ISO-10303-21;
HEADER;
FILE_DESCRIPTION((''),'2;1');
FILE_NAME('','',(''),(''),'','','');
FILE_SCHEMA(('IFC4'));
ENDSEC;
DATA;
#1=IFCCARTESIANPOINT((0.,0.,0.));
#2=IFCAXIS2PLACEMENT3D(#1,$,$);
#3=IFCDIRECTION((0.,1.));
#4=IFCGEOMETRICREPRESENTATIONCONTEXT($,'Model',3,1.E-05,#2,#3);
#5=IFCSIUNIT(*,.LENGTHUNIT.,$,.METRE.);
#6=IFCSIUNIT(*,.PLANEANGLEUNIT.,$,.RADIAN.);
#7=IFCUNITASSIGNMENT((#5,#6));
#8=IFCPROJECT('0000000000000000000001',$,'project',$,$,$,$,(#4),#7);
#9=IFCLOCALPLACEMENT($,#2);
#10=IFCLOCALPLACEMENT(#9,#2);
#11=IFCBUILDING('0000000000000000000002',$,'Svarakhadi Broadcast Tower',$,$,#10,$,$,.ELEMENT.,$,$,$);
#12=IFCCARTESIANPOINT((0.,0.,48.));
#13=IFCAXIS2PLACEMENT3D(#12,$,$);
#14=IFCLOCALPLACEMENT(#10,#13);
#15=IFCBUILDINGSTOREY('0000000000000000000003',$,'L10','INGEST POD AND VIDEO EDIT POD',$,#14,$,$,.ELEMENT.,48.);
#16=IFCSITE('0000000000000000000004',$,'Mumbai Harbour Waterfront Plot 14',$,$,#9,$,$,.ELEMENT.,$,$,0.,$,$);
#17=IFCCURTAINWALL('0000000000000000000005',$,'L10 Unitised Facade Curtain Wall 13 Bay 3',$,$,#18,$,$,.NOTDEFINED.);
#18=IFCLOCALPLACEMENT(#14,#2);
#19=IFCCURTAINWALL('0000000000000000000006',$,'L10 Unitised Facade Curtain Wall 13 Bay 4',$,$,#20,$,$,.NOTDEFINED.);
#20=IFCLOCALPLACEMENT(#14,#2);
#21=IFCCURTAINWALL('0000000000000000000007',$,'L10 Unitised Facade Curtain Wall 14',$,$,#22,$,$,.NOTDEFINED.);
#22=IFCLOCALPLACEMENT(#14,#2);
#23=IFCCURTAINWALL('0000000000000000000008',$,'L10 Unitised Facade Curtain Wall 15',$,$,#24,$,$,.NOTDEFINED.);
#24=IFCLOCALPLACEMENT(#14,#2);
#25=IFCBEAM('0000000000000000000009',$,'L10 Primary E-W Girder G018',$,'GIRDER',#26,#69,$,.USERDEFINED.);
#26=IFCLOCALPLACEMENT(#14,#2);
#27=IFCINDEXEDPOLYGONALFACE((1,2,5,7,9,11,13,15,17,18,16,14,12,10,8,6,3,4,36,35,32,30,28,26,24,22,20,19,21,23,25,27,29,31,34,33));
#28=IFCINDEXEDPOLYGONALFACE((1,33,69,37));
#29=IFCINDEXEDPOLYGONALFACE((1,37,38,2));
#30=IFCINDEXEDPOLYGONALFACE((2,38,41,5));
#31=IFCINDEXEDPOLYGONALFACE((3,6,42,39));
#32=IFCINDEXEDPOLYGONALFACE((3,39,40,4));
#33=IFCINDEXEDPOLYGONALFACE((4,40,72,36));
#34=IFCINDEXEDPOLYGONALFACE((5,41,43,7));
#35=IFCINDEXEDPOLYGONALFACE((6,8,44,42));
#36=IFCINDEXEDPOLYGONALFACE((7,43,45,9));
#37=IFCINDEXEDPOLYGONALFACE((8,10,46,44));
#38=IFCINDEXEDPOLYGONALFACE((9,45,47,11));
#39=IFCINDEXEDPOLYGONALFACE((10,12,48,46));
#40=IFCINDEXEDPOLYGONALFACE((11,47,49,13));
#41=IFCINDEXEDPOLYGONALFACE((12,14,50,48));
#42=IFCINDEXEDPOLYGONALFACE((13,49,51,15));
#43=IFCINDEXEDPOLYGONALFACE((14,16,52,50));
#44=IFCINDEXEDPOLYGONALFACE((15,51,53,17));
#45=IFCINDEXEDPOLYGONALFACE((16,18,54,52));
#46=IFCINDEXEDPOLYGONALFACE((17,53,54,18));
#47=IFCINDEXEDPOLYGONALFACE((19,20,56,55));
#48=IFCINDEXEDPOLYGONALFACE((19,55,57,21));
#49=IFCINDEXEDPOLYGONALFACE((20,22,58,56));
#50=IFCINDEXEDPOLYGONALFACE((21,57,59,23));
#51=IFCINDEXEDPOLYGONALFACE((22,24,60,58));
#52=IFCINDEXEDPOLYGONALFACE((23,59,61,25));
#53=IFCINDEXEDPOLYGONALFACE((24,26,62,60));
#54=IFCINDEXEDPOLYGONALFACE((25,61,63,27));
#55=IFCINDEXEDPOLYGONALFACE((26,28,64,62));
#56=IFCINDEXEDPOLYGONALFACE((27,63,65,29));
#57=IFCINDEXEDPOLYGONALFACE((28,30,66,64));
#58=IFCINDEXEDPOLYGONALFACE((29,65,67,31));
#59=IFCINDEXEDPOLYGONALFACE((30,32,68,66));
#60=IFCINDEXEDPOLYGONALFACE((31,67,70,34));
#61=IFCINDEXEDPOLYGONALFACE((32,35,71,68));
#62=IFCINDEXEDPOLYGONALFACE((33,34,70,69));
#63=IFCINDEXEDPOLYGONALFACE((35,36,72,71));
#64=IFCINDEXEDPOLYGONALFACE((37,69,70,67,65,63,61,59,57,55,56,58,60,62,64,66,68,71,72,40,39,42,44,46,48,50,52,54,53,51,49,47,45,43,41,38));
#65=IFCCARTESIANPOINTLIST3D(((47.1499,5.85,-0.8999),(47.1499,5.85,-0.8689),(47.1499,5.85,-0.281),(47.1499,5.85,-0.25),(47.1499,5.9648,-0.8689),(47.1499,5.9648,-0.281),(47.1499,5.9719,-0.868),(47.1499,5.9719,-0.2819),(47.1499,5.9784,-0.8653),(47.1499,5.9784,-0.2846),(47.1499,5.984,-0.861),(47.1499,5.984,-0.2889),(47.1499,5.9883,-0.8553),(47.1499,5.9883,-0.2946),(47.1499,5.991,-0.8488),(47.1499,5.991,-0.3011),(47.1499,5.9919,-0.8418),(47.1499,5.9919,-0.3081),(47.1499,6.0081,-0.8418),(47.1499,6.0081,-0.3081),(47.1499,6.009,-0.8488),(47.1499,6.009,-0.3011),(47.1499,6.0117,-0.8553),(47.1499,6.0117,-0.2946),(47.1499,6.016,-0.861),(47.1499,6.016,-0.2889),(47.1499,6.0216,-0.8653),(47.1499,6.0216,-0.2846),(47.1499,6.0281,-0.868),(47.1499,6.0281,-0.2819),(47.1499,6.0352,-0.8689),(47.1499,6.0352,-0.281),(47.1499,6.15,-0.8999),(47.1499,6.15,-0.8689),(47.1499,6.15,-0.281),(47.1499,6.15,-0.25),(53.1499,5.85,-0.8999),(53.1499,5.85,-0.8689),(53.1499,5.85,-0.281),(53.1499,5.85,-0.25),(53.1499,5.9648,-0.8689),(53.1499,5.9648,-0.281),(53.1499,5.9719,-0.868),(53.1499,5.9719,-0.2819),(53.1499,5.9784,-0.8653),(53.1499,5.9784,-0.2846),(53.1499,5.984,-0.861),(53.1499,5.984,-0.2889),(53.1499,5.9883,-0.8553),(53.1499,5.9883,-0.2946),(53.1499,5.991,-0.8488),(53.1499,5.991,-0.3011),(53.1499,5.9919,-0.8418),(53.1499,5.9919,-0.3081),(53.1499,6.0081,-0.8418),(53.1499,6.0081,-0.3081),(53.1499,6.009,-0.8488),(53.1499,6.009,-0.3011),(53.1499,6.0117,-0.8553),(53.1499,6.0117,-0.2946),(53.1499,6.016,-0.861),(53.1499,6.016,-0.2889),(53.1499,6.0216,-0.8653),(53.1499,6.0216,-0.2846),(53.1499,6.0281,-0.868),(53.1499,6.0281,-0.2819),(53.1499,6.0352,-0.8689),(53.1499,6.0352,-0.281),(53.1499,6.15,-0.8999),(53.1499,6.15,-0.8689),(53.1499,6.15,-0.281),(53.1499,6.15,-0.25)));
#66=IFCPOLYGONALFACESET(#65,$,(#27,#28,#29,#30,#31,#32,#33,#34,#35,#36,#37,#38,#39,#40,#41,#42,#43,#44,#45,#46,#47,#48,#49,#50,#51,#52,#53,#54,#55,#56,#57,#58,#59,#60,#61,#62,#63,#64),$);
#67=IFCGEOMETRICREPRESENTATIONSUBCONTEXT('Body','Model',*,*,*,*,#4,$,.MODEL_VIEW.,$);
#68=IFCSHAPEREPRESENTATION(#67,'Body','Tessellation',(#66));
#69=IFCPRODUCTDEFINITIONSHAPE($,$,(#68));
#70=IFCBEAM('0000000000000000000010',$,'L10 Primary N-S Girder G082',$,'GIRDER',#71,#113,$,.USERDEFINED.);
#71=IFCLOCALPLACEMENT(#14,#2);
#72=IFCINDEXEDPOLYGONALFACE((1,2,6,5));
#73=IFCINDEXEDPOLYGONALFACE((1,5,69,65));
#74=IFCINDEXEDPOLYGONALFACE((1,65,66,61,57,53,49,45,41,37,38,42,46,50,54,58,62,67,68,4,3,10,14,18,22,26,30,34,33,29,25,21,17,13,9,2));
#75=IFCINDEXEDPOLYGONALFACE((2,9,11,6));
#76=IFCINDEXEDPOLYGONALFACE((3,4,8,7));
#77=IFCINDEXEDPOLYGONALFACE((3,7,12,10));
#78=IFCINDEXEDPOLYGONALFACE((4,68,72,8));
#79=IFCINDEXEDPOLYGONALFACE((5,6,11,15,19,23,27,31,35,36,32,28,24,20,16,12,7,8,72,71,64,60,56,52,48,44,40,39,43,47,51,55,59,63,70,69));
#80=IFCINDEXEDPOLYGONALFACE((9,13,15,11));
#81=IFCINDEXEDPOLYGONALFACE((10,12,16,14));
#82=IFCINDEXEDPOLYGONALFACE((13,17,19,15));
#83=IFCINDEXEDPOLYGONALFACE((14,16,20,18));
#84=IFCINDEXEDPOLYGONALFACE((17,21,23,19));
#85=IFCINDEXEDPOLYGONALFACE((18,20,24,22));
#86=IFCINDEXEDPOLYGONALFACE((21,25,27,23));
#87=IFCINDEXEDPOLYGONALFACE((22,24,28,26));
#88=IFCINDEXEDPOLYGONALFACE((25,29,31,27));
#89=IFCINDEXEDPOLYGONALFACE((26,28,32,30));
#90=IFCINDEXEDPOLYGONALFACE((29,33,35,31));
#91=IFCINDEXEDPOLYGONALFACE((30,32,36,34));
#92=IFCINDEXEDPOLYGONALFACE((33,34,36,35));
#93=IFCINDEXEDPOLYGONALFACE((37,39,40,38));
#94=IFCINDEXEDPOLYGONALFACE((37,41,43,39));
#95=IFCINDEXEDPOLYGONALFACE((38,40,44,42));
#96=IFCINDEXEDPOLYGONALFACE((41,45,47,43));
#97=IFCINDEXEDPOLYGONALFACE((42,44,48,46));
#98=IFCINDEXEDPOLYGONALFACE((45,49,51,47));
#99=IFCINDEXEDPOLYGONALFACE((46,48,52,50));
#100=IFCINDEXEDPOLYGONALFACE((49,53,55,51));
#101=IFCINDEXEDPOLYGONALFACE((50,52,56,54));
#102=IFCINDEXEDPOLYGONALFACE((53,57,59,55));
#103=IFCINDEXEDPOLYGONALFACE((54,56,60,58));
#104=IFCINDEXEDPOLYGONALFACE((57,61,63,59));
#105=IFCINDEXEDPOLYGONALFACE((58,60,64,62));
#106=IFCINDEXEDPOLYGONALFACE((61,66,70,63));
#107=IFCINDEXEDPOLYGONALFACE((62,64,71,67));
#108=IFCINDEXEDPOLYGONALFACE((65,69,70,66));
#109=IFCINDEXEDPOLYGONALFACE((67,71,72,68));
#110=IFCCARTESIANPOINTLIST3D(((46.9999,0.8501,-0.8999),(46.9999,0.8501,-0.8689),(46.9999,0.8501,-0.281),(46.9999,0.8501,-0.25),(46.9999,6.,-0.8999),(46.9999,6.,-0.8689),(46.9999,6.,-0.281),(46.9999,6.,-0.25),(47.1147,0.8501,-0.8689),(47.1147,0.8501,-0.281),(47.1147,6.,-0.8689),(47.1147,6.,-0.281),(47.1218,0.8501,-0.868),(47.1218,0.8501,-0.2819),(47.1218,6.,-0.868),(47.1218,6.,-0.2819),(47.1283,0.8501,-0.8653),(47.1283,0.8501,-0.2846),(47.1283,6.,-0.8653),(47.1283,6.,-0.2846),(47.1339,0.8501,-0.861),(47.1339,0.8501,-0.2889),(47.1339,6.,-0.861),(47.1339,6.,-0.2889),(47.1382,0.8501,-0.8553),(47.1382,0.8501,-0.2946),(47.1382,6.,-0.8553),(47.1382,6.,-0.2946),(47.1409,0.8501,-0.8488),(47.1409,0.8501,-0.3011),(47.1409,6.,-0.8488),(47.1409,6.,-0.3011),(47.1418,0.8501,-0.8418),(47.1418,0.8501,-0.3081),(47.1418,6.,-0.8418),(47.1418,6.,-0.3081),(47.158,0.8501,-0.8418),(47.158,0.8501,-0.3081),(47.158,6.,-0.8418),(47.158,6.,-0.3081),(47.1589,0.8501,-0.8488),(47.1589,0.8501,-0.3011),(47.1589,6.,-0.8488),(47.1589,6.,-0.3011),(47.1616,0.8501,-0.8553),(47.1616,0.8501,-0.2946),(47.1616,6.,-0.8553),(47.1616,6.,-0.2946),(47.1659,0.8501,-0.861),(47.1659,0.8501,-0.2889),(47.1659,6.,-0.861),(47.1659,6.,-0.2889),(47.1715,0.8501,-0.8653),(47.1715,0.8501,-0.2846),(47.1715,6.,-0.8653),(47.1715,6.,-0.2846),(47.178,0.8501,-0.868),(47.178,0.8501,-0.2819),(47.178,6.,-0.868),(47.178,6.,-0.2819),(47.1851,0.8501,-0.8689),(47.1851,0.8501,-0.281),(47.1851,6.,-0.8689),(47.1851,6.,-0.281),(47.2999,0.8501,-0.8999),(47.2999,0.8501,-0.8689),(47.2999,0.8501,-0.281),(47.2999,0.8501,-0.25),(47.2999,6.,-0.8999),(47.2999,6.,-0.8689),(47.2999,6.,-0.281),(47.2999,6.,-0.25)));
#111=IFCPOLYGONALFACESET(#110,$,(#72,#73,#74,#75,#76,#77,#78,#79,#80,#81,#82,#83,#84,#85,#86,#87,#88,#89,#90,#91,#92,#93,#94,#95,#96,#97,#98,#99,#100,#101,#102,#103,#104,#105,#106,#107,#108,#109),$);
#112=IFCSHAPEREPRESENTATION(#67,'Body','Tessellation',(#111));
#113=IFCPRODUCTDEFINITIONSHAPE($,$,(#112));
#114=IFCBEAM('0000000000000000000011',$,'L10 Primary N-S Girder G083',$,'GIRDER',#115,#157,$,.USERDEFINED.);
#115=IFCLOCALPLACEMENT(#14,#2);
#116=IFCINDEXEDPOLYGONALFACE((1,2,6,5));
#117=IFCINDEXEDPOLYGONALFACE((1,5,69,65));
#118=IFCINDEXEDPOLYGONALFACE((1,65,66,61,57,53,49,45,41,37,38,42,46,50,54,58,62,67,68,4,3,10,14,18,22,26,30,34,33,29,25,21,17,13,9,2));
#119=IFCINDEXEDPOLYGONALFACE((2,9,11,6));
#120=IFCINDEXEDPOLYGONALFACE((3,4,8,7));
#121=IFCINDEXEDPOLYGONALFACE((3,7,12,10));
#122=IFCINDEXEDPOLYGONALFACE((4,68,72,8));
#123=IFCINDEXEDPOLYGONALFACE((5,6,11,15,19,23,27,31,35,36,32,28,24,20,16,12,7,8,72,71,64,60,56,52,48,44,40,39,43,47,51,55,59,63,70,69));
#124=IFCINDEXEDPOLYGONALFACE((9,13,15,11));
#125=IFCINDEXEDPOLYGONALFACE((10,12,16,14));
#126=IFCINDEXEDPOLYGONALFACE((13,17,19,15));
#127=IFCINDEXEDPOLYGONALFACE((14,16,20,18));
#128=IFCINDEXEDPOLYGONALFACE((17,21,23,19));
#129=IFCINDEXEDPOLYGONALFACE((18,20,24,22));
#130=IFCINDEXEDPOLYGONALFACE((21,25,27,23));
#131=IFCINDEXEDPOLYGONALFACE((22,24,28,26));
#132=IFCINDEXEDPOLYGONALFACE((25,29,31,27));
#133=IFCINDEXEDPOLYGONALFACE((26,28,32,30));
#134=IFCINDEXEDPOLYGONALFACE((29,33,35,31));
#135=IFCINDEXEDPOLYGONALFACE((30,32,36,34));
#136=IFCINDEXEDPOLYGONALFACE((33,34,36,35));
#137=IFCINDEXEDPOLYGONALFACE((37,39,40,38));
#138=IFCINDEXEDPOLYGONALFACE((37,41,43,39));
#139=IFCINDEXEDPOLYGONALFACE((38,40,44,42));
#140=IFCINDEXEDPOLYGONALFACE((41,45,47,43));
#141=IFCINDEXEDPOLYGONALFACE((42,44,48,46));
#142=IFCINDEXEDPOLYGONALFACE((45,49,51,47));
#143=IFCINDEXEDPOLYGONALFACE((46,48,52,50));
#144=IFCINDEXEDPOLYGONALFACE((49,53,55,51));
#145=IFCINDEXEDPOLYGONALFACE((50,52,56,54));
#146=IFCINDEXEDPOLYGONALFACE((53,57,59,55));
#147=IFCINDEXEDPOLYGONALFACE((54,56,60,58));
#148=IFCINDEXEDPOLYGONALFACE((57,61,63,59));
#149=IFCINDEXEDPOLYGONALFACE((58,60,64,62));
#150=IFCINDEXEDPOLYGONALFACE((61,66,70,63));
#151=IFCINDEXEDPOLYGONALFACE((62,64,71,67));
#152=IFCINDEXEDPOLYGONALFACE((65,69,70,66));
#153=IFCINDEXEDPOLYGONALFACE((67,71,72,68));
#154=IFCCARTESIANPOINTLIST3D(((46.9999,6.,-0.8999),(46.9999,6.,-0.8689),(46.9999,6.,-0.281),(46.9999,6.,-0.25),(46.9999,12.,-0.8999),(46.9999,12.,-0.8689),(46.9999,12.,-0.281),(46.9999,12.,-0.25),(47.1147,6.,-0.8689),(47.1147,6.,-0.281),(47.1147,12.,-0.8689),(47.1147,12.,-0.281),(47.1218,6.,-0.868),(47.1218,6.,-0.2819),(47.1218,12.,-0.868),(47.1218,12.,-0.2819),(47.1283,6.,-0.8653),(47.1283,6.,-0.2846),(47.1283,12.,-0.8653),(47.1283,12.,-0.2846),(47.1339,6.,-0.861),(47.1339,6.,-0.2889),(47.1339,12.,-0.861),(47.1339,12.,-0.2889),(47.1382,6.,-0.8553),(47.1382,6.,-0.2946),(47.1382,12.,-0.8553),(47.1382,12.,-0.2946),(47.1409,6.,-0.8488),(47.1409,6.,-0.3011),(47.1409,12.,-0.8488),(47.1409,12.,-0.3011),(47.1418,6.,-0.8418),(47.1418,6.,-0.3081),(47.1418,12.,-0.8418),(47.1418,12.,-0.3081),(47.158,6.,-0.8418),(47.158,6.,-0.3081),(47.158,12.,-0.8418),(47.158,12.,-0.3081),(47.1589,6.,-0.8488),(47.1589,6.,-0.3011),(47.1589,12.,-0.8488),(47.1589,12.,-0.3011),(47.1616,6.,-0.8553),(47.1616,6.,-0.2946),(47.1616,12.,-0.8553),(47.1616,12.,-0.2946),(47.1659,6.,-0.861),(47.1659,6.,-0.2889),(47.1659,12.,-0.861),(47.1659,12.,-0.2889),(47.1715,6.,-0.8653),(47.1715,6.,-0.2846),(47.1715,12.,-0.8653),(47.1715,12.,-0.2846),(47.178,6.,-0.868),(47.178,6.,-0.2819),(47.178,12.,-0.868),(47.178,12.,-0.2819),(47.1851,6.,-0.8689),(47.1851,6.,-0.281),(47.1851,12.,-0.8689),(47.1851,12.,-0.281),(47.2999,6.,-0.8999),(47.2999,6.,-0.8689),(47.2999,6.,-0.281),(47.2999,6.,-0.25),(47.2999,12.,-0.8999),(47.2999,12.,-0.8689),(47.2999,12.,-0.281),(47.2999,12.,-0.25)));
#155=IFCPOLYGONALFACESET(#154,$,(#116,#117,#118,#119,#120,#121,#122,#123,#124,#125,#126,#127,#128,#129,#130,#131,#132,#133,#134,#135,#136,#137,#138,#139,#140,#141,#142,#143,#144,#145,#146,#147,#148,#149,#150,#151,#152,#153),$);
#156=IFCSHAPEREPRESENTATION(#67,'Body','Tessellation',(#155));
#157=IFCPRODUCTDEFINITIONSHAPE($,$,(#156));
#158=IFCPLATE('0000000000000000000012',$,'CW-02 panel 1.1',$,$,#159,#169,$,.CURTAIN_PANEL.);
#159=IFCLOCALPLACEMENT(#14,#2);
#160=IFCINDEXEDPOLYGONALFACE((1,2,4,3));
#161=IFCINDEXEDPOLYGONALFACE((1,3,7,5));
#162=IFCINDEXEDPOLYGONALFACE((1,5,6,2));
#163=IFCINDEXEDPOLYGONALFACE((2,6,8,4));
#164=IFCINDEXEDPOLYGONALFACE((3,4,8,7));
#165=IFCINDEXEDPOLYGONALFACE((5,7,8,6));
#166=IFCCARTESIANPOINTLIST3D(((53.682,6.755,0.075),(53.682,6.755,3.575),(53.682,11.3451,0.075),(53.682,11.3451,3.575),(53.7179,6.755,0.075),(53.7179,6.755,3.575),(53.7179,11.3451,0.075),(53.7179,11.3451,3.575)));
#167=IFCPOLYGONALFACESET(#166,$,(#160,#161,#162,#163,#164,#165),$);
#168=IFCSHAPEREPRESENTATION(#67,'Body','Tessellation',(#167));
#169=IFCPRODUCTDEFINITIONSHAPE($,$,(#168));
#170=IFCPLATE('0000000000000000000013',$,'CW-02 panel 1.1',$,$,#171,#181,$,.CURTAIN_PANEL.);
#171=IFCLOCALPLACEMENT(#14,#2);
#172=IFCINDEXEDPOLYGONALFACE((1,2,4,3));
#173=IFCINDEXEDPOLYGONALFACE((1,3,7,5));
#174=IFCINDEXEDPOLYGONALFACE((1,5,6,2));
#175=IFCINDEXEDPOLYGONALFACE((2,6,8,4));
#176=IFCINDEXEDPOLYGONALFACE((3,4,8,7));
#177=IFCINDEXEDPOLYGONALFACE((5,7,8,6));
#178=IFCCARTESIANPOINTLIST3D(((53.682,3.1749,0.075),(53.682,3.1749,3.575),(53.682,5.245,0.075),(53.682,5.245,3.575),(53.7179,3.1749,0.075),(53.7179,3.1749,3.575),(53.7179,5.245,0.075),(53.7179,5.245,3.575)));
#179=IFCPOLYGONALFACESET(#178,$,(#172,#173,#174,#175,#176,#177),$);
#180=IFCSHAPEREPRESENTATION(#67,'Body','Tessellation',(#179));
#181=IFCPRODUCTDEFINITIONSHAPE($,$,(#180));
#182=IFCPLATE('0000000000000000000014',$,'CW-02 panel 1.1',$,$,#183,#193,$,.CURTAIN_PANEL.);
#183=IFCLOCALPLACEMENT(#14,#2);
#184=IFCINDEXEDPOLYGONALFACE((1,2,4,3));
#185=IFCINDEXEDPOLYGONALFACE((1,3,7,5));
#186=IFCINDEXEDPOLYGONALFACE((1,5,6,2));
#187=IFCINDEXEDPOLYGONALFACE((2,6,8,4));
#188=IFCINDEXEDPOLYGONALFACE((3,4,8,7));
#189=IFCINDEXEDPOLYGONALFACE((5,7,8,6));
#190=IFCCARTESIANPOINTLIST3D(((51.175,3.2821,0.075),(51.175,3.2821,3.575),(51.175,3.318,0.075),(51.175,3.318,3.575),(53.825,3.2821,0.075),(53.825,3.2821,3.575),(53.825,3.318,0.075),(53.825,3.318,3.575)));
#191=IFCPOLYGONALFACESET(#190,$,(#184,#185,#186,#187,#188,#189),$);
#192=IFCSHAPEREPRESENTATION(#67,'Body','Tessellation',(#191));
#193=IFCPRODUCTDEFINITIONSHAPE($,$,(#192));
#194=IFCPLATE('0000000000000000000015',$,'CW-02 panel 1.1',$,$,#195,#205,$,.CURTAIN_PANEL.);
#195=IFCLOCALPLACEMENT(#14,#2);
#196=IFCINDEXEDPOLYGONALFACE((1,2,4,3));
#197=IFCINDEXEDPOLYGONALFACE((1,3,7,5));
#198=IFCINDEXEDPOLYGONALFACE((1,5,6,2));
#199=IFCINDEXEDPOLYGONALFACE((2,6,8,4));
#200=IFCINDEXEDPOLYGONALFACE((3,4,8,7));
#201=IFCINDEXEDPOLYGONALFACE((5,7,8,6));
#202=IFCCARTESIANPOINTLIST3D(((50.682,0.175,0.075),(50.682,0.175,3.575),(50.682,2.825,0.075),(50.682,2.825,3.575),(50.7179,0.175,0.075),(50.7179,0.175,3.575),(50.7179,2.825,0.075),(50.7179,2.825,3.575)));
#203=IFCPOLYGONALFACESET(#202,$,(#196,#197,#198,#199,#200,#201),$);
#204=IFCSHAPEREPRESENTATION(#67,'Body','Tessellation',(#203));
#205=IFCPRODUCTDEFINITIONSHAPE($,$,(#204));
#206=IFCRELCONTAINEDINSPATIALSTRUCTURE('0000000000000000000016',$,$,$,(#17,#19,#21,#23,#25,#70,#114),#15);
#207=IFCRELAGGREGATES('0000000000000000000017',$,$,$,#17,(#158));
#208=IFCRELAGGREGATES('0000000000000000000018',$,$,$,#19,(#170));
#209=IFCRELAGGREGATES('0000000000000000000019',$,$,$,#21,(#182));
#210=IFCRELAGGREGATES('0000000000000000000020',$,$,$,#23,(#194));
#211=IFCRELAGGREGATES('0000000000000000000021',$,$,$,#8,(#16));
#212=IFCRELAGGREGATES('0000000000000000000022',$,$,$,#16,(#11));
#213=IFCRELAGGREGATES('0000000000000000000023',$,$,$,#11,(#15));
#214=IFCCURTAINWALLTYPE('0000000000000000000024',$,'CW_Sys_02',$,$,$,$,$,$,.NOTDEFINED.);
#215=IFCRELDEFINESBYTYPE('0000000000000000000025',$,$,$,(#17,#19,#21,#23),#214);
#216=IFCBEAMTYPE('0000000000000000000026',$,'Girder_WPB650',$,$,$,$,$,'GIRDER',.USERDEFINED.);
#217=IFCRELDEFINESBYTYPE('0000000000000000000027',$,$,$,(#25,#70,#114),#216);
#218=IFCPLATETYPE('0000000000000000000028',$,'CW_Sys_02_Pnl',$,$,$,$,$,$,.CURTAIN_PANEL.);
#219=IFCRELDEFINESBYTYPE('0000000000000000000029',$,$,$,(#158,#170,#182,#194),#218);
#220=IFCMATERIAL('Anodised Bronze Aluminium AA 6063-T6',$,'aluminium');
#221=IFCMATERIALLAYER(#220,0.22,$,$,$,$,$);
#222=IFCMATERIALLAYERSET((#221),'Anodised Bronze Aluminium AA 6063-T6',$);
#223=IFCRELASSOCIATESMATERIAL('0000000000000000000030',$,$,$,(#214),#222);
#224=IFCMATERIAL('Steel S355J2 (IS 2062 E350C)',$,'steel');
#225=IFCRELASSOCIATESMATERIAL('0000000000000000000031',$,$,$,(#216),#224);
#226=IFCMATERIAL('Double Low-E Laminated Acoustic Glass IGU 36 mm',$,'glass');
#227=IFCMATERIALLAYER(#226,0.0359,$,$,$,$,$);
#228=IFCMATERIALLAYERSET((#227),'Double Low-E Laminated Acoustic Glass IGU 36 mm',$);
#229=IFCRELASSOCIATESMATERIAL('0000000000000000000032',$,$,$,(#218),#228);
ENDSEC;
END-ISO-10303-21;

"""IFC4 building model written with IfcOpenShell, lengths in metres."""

from ifc_helpers import new_model, si_unit, direction, frame, origin, origin_2d, place, context, subcontext, project, spatial, rectangle, i_section, extrude, material, layer, layer_set, material_profile, profile_set, type_object, element, aggregate, save


model = new_model("IFC4")

# Units and contexts
model_context = context("Model", 3, precision=1e-05, world=origin(), true_north=direction((0.0, 1.0)))
body_context = subcontext(model_context, "Body", "Model", "MODEL_VIEW")
ifc_project = project(units=[si_unit("LENGTHUNIT", "METRE"), si_unit("PLANEANGLEUNIT", "RADIAN")], contexts=[model_context])

# Site, building, storey
site_placement = place(None, origin())
site = spatial("IfcSite", under=ifc_project, at=site_placement, Name="Mumbai Harbour Waterfront Plot 14", CompositionType="ELEMENT", RefElevation=0.0)
building_placement = place(site_placement, origin())
building = spatial("IfcBuilding", under=site, at=building_placement, Name="Svarakhadi Broadcast Tower", CompositionType="ELEMENT")
storey_placement = place(building_placement, frame((0.0, 0.0, 48.0)))
storey = spatial("IfcBuildingStorey", under=building, at=storey_placement, Name="L10", Description="INGEST POD AND VIDEO EDIT POD", CompositionType="ELEMENT", Elevation=48.0)

# Curtain walls
ifc_material_1 = material(Name="Anodised Bronze Aluminium AA 6063-T6", Category="aluminium")
ifc_layer_1 = layer(ifc_material_1, 0.22)
ifc_layer_set_1 = layer_set([ifc_layer_1], Name="Anodised Bronze Aluminium AA 6063-T6")
curtain_wall_type = type_object("IfcCurtainWallType", Name="CW_Sys_02", PredefinedType="NOTDEFINED", material=ifc_layer_set_1)
curtain_wall_1_placement = place(storey_placement, origin())
curtain_wall_1 = element("IfcCurtainWall", 1, at=curtain_wall_1_placement, inside=storey, type_object=curtain_wall_type, Name="L10 Unitised Facade Curtain Wall 13 Bay 3", PredefinedType="NOTDEFINED")
curtain_wall_2_placement = place(storey_placement, origin())
curtain_wall_2 = element("IfcCurtainWall", 2, at=curtain_wall_2_placement, inside=storey, type_object=curtain_wall_type, Name="L10 Unitised Facade Curtain Wall 13 Bay 4", PredefinedType="NOTDEFINED")
curtain_wall_3_placement = place(storey_placement, origin())
curtain_wall_3 = element("IfcCurtainWall", 3, at=curtain_wall_3_placement, inside=storey, type_object=curtain_wall_type, Name="L10 Unitised Facade Curtain Wall 14", PredefinedType="NOTDEFINED")
curtain_wall_4_placement = place(storey_placement, origin())
curtain_wall_4 = element("IfcCurtainWall", 4, at=curtain_wall_4_placement, inside=storey, type_object=curtain_wall_type, Name="L10 Unitised Facade Curtain Wall 15", PredefinedType="NOTDEFINED")

# Beams
ifc_material_2 = material(Name="Steel S355J2 (IS 2062 E350C)", Category="steel")
ifc_material_profile_1 = material_profile(ifc_material_2, i_section(OverallWidth=0.3, OverallDepth=0.6499, WebThickness=0.0161, FlangeThickness=0.031, FilletRadius=0.0271, at=origin_2d()), Name="WPB 650x300x225")
ifc_profile_set_1 = profile_set([ifc_material_profile_1], Name="Steel S355J2 (IS 2062 E350C)")
beam_type = type_object("IfcBeamType", Name="Girder_WPB650", ElementType="GIRDER", PredefinedType="USERDEFINED", material=ifc_profile_set_1)
beam_1_placement = place(storey_placement, frame((47.1499, 6.0, -0.575), z_axis=(1.0, 0.0, 0.0), x_axis=(0.0, 1.0, 0.0)))
element("IfcBeam", 5, at=beam_1_placement, inside=storey, type_object=beam_type, Name="L10 Primary E-W Girder G018", ObjectType="GIRDER", PredefinedType="USERDEFINED", context=body_context, shape_type="SweptSolid", body=[
    extrude(i_section(OverallWidth=0.3, OverallDepth=0.6499, WebThickness=0.0161, FlangeThickness=0.031, FilletRadius=0.0271, at=origin_2d()), origin(), (0.0, 0.0, 1.0), 6.0),
])
beam_2_placement = place(storey_placement, frame((47.1499, 0.8501, -0.575), z_axis=(0.0, 1.0, 0.0), x_axis=(-1.0, 0.0, 0.0)))
element("IfcBeam", 6, at=beam_2_placement, inside=storey, type_object=beam_type, Name="L10 Primary N-S Girder G082", ObjectType="GIRDER", PredefinedType="USERDEFINED", context=body_context, shape_type="SweptSolid", body=[
    extrude(i_section(OverallWidth=0.3, OverallDepth=0.6499, WebThickness=0.0161, FlangeThickness=0.031, FilletRadius=0.0271, at=origin_2d()), origin(), (0.0, 0.0, 1.0), 5.1499),
])
beam_3_placement = place(storey_placement, frame((47.1499, 6.0, -0.575), z_axis=(0.0, 1.0, 0.0), x_axis=(-1.0, 0.0, 0.0)))
element("IfcBeam", 7, at=beam_3_placement, inside=storey, type_object=beam_type, Name="L10 Primary N-S Girder G083", ObjectType="GIRDER", PredefinedType="USERDEFINED", context=body_context, shape_type="SweptSolid", body=[
    extrude(i_section(OverallWidth=0.3, OverallDepth=0.6499, WebThickness=0.0161, FlangeThickness=0.031, FilletRadius=0.0271, at=origin_2d()), origin(), (0.0, 0.0, 1.0), 6.0),
])

# Plates
ifc_material_3 = material(Name="Double Low-E Laminated Acoustic Glass IGU 36 mm", Category="glass")
ifc_layer_2 = layer(ifc_material_3, 0.0359)
ifc_layer_set_2 = layer_set([ifc_layer_2], Name="Double Low-E Laminated Acoustic Glass IGU 36 mm")
plate_type_1 = type_object("IfcPlateType", Name="CW_Sys_02_Pnl", PredefinedType="CURTAIN_PANEL", material=ifc_layer_set_2)
plate_1_placement = place(storey_placement, frame((53.7, 9.05, 0.075), z_axis=(0.0, 0.0, 1.0), x_axis=(0.0, -1.0, 0.0)))
plate_1 = element("IfcPlate", 8, at=plate_1_placement, type_object=plate_type_1, Name="CW-02 panel 1.1", PredefinedType="CURTAIN_PANEL", context=body_context, shape_type="SweptSolid", body=[
    extrude(rectangle(XDim=4.5901, YDim=0.0359, at=origin_2d()), origin(), (0.0, 0.0, 1.0), 3.5),
])
aggregate(curtain_wall_1, [plate_1])
plate_2_placement = place(storey_placement, frame((53.7, 4.21, 0.075), z_axis=(0.0, 0.0, 1.0), x_axis=(0.0, -1.0, 0.0)))
plate_2 = element("IfcPlate", 9, at=plate_2_placement, type_object=plate_type_1, Name="CW-02 panel 1.1", PredefinedType="CURTAIN_PANEL", context=body_context, shape_type="SweptSolid", body=[
    extrude(rectangle(XDim=2.0701, YDim=0.0359, at=origin_2d()), origin(), (0.0, 0.0, 1.0), 3.5),
])
aggregate(curtain_wall_2, [plate_2])
plate_3_placement = place(storey_placement, frame((52.5, 3.3, 0.075), z_axis=(0.0, 0.0, 1.0), x_axis=(-1.0, 0.0, 0.0)))
plate_3 = element("IfcPlate", 10, at=plate_3_placement, type_object=plate_type_1, Name="CW-02 panel 1.1", PredefinedType="CURTAIN_PANEL", context=body_context, shape_type="SweptSolid", body=[
    extrude(rectangle(XDim=2.6499, YDim=0.0359, at=origin_2d()), origin(), (0.0, 0.0, 1.0), 3.5),
])
aggregate(curtain_wall_3, [plate_3])
plate_4_placement = place(storey_placement, frame((50.7, 1.5, 0.075), z_axis=(0.0, 0.0, 1.0), x_axis=(0.0, -1.0, 0.0)))
plate_4 = element("IfcPlate", 11, at=plate_4_placement, type_object=plate_type_1, Name="CW-02 panel 1.1", PredefinedType="CURTAIN_PANEL", context=body_context, shape_type="SweptSolid", body=[
    extrude(rectangle(XDim=2.6499, YDim=0.0359, at=origin_2d()), origin(), (0.0, 0.0, 1.0), 3.5),
])
aggregate(curtain_wall_4, [plate_4])

save(model, "model.ifc")
